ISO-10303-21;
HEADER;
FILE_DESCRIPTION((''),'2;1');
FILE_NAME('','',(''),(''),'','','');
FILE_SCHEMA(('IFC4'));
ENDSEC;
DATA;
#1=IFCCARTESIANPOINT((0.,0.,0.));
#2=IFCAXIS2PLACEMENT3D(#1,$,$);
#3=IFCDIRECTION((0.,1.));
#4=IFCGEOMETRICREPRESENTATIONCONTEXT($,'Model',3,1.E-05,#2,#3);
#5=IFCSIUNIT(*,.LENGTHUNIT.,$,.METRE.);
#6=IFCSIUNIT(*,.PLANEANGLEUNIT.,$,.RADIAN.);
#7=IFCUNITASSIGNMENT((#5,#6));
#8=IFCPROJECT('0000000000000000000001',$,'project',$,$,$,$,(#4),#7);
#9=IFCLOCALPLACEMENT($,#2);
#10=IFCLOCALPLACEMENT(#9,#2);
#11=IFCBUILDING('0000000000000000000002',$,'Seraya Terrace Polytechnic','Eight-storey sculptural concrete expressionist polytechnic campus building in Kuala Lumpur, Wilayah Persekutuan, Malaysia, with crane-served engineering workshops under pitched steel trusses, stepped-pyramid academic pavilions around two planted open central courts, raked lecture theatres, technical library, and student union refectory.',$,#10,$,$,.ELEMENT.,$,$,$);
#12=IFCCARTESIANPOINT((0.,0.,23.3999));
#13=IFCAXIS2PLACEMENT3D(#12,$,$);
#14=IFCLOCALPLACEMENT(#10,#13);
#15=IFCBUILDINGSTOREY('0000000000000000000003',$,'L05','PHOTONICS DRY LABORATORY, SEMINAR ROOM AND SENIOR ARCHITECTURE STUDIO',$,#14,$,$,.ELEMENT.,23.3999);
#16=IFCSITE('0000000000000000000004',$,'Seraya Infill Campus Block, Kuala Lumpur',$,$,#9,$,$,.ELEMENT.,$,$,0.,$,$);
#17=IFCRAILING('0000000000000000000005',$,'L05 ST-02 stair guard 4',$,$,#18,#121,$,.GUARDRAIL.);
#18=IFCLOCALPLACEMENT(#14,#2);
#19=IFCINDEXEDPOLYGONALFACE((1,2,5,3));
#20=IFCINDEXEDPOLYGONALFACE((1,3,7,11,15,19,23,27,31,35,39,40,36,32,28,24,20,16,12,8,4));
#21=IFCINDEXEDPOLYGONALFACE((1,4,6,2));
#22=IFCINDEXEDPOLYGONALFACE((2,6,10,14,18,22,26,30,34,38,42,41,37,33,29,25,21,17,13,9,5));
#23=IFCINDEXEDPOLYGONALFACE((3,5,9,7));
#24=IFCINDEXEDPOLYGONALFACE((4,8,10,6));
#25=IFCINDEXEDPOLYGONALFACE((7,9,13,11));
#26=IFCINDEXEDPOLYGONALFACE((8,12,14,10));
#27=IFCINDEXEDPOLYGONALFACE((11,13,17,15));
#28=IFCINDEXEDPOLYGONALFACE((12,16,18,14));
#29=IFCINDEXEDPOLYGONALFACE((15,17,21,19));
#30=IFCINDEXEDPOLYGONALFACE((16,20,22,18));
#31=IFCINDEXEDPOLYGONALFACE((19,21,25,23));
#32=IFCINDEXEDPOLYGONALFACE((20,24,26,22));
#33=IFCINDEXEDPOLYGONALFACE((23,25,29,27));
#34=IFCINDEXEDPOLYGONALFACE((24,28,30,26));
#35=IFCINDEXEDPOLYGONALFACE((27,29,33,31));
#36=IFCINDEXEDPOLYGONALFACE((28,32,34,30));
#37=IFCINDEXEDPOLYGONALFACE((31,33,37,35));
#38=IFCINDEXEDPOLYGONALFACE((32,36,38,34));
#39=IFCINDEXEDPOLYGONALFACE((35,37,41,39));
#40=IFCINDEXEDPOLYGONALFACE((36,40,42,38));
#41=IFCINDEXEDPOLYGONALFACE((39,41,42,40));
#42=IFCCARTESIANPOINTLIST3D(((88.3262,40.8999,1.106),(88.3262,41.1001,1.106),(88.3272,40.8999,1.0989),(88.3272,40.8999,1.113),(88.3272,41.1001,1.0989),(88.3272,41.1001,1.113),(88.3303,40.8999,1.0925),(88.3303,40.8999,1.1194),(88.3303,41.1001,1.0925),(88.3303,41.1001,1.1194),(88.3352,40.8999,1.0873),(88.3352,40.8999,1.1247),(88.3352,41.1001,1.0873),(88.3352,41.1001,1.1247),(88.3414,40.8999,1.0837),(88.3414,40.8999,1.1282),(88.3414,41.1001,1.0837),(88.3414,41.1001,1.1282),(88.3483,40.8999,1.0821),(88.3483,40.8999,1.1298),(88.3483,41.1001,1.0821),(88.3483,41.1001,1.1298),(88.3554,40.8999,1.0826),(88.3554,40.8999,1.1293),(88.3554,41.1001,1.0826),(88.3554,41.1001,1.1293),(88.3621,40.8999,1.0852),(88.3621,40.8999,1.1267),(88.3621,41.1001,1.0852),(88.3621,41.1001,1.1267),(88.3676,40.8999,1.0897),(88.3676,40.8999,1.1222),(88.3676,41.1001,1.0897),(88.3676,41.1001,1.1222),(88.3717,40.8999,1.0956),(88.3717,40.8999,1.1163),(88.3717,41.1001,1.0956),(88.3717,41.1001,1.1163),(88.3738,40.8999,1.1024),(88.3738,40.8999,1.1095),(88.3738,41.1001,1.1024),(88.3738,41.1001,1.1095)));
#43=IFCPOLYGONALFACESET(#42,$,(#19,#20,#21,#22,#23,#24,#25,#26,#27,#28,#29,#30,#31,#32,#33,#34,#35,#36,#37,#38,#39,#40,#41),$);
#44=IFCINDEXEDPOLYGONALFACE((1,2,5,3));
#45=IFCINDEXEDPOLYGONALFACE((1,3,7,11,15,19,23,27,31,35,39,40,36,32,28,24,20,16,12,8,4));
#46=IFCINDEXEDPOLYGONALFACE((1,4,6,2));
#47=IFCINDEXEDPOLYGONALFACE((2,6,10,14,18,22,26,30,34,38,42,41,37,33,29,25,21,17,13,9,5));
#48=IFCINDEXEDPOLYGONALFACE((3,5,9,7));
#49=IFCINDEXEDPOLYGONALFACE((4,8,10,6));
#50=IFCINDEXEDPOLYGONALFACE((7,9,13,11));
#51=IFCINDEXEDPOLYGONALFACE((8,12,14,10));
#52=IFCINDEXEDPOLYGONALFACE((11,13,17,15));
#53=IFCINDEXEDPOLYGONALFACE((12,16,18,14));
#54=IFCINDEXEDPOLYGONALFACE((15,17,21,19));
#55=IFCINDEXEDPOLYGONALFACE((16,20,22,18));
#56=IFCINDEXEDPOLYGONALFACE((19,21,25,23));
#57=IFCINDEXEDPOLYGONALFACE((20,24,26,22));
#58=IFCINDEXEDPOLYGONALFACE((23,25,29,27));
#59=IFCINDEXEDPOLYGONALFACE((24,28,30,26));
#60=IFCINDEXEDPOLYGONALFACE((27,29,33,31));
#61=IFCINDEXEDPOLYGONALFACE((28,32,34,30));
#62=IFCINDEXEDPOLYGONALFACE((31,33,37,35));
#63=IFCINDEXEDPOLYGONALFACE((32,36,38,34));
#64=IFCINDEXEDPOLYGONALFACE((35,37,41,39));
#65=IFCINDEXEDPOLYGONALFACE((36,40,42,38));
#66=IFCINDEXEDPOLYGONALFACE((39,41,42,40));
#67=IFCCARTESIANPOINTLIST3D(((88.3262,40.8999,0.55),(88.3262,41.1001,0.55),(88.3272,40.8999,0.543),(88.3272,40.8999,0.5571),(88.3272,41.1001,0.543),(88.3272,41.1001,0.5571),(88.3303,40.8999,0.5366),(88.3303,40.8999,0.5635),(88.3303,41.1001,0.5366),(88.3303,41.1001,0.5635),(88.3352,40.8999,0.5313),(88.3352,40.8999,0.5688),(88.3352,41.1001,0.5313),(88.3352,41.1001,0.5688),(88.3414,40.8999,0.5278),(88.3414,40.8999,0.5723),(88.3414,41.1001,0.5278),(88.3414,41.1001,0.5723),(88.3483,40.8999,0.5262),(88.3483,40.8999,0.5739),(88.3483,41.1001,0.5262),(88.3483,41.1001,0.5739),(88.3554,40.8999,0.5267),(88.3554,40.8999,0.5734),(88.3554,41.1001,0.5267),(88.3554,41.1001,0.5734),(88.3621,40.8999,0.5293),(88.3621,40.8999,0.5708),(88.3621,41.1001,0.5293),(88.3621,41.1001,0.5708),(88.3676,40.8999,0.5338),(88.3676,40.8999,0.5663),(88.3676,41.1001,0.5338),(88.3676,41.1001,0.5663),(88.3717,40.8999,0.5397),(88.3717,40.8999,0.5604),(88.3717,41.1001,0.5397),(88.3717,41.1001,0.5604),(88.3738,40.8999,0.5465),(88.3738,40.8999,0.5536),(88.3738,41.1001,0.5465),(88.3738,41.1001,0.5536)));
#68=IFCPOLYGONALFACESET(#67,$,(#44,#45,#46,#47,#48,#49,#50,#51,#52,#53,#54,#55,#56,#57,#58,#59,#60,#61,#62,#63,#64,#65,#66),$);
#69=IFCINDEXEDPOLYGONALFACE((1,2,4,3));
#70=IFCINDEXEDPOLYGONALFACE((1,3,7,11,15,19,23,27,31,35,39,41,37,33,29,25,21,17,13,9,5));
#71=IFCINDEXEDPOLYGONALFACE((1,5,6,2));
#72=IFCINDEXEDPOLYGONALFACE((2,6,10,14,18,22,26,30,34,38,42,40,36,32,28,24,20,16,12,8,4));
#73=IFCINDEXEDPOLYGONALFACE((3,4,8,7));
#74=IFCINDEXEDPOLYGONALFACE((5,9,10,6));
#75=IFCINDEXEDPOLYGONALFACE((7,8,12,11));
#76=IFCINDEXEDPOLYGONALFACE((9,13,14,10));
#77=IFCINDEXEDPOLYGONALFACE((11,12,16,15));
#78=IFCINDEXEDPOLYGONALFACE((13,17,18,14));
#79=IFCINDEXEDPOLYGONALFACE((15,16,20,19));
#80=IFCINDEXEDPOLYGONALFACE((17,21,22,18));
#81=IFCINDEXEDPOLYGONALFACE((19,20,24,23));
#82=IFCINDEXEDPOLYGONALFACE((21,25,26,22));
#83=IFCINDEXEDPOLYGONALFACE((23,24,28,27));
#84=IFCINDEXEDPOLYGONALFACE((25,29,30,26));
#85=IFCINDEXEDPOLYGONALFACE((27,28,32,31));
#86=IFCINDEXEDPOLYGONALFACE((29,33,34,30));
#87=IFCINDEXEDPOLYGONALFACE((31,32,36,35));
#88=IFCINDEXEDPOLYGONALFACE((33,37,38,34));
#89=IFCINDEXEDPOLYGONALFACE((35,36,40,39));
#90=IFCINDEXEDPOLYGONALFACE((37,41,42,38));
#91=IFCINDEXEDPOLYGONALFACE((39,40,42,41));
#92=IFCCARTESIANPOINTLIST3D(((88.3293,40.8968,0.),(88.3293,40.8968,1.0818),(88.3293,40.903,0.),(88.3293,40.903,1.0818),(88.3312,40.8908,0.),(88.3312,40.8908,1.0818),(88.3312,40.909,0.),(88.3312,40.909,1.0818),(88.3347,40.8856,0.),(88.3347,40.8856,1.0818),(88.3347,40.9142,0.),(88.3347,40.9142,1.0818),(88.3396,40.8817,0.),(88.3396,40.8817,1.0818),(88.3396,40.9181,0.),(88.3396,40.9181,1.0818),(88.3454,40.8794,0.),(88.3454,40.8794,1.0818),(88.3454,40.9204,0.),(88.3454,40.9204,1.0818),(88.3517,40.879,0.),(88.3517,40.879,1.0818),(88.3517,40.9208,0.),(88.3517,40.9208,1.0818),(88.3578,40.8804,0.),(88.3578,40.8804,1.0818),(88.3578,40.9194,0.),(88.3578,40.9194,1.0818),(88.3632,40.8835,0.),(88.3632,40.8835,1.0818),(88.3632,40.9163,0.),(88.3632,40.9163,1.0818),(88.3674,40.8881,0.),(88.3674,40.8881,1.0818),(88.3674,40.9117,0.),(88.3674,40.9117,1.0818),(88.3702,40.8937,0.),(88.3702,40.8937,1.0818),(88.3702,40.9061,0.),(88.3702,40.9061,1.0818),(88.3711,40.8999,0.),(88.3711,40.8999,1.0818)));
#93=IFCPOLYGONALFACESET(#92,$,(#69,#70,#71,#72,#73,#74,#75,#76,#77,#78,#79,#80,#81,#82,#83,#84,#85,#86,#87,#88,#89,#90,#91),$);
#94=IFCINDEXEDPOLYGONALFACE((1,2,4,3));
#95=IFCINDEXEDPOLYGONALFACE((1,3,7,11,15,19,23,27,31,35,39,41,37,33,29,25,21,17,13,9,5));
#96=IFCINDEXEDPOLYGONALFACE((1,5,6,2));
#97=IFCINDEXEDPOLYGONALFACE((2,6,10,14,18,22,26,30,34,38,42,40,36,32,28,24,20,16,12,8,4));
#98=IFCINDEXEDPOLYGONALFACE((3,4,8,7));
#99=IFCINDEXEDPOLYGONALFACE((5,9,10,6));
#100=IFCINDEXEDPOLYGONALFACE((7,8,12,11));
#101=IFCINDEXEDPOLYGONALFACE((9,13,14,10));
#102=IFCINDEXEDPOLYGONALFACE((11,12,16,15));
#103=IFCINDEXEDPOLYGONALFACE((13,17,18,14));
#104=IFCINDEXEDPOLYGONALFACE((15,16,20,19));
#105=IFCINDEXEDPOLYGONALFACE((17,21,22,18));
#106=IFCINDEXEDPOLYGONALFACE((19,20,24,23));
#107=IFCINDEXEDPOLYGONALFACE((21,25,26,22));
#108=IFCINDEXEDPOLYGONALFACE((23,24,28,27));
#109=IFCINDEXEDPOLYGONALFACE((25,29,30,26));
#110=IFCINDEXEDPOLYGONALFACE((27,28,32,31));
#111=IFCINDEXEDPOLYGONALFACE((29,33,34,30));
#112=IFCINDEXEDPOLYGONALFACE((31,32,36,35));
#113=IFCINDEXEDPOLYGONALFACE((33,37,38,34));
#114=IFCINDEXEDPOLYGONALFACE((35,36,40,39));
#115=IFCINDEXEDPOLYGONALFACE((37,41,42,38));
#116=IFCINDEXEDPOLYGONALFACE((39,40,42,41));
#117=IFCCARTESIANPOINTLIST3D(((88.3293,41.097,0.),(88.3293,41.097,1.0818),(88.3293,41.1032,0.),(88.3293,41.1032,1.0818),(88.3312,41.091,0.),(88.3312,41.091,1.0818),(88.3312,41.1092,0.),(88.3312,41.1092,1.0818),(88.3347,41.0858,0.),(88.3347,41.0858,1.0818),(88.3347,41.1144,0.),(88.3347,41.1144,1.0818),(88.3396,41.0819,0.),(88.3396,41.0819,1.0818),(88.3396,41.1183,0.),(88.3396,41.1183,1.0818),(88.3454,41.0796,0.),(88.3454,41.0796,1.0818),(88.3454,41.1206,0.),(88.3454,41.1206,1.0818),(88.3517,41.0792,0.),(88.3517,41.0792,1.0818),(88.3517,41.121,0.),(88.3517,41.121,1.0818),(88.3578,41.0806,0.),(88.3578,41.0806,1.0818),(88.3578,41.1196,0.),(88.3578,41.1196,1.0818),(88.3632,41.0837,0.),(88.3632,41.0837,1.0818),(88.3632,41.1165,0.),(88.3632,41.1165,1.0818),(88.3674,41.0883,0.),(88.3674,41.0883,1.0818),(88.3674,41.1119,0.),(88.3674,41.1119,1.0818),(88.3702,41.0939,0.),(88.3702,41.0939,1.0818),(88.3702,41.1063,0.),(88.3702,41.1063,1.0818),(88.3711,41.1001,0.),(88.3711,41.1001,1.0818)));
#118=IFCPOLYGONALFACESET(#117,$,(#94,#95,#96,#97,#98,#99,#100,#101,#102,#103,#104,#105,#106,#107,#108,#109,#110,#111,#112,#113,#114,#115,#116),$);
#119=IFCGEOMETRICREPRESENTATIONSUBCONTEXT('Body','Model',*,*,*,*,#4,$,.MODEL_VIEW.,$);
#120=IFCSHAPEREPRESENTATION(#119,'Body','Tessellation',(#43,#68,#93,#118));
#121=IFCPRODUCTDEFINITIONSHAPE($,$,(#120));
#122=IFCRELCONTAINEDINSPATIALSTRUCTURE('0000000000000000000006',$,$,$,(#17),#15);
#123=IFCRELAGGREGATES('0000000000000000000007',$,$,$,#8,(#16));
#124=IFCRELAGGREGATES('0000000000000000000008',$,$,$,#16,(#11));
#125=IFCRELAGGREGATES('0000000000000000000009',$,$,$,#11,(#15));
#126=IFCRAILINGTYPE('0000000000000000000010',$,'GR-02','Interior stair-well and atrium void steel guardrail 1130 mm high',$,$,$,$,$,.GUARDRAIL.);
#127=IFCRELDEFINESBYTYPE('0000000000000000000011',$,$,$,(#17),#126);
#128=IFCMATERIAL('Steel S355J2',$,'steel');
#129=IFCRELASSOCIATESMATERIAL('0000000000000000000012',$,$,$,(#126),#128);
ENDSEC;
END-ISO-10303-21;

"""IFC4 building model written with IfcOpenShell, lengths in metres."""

from ifc_helpers import new_model, si_unit, direction, frame, origin, origin_2d, place, context, subcontext, project, spatial, circle, extrude, material, type_object, element, save


model = new_model("IFC4")

# Units and contexts
model_context = context("Model", 3, precision=1e-05, world=origin(), true_north=direction((0.0, 1.0)))
body_context = subcontext(model_context, "Body", "Model", "MODEL_VIEW")
ifc_project = project(units=[si_unit("LENGTHUNIT", "METRE"), si_unit("PLANEANGLEUNIT", "RADIAN")], contexts=[model_context])

# Site, building, storey
site_placement = place(None, origin())
site = spatial("IfcSite", under=ifc_project, at=site_placement, Name="Seraya Infill Campus Block, Kuala Lumpur", CompositionType="ELEMENT", RefElevation=0.0)
building_placement = place(site_placement, origin())
building = spatial("IfcBuilding", under=site, at=building_placement, Name="Seraya Terrace Polytechnic", Description="Eight-storey sculptural concrete expressionist polytechnic campus building in Kuala Lumpur, Wilayah Persekutuan, Malaysia, with crane-served engineering workshops under pitched steel trusses, stepped-pyramid academic pavilions around two planted open central courts, raked lecture theatres, technical library, and student union refectory.", CompositionType="ELEMENT")
storey_placement = place(building_placement, frame((0.0, 0.0, 23.3999)))
storey = spatial("IfcBuildingStorey", under=building, at=storey_placement, Name="L05", Description="PHOTONICS DRY LABORATORY, SEMINAR ROOM AND SENIOR ARCHITECTURE STUDIO", CompositionType="ELEMENT", Elevation=23.3999)

# Railing
ifc_material_1 = material(Name="Steel S355J2", Category="steel")
railing_type_1 = type_object("IfcRailingType", Name="GR-02", Description="Interior stair-well and atrium void steel guardrail 1130 mm high", PredefinedType="GUARDRAIL", material=ifc_material_1)
railing_1_placement = place(storey_placement, frame((88.3501, 40.8999, 0.0)))
element("IfcRailing", 1, at=railing_1_placement, inside=storey, type_object=railing_type_1, Name="L05 ST-02 stair guard 4", PredefinedType="GUARDRAIL", context=body_context, shape_type="SweptSolid", body=[
    extrude(circle(Radius=0.0239, at=origin_2d()), frame((0.0, 0.0, 1.106), z_axis=(0.0, 1.0, 0.0), x_axis=(-1.0, 0.0, 0.0)), (0.0, 0.0, 1.0), 0.2002),
    extrude(circle(Radius=0.0239, at=origin_2d()), frame((0.0, 0.0, 0.55), z_axis=(0.0, 1.0, 0.0), x_axis=(-1.0, 0.0, 0.0)), (0.0, 0.0, 1.0), 0.2002),
    extrude(circle(Radius=0.021, at=origin_2d()), origin(), (0.0, 0.0, 1.0), 1.0818),
    extrude(circle(Radius=0.021, at=origin_2d()), frame((0.0, 0.2002, 0.0)), (0.0, 0.0, 1.0), 1.0818),
])

save(model, "model.ifc")
